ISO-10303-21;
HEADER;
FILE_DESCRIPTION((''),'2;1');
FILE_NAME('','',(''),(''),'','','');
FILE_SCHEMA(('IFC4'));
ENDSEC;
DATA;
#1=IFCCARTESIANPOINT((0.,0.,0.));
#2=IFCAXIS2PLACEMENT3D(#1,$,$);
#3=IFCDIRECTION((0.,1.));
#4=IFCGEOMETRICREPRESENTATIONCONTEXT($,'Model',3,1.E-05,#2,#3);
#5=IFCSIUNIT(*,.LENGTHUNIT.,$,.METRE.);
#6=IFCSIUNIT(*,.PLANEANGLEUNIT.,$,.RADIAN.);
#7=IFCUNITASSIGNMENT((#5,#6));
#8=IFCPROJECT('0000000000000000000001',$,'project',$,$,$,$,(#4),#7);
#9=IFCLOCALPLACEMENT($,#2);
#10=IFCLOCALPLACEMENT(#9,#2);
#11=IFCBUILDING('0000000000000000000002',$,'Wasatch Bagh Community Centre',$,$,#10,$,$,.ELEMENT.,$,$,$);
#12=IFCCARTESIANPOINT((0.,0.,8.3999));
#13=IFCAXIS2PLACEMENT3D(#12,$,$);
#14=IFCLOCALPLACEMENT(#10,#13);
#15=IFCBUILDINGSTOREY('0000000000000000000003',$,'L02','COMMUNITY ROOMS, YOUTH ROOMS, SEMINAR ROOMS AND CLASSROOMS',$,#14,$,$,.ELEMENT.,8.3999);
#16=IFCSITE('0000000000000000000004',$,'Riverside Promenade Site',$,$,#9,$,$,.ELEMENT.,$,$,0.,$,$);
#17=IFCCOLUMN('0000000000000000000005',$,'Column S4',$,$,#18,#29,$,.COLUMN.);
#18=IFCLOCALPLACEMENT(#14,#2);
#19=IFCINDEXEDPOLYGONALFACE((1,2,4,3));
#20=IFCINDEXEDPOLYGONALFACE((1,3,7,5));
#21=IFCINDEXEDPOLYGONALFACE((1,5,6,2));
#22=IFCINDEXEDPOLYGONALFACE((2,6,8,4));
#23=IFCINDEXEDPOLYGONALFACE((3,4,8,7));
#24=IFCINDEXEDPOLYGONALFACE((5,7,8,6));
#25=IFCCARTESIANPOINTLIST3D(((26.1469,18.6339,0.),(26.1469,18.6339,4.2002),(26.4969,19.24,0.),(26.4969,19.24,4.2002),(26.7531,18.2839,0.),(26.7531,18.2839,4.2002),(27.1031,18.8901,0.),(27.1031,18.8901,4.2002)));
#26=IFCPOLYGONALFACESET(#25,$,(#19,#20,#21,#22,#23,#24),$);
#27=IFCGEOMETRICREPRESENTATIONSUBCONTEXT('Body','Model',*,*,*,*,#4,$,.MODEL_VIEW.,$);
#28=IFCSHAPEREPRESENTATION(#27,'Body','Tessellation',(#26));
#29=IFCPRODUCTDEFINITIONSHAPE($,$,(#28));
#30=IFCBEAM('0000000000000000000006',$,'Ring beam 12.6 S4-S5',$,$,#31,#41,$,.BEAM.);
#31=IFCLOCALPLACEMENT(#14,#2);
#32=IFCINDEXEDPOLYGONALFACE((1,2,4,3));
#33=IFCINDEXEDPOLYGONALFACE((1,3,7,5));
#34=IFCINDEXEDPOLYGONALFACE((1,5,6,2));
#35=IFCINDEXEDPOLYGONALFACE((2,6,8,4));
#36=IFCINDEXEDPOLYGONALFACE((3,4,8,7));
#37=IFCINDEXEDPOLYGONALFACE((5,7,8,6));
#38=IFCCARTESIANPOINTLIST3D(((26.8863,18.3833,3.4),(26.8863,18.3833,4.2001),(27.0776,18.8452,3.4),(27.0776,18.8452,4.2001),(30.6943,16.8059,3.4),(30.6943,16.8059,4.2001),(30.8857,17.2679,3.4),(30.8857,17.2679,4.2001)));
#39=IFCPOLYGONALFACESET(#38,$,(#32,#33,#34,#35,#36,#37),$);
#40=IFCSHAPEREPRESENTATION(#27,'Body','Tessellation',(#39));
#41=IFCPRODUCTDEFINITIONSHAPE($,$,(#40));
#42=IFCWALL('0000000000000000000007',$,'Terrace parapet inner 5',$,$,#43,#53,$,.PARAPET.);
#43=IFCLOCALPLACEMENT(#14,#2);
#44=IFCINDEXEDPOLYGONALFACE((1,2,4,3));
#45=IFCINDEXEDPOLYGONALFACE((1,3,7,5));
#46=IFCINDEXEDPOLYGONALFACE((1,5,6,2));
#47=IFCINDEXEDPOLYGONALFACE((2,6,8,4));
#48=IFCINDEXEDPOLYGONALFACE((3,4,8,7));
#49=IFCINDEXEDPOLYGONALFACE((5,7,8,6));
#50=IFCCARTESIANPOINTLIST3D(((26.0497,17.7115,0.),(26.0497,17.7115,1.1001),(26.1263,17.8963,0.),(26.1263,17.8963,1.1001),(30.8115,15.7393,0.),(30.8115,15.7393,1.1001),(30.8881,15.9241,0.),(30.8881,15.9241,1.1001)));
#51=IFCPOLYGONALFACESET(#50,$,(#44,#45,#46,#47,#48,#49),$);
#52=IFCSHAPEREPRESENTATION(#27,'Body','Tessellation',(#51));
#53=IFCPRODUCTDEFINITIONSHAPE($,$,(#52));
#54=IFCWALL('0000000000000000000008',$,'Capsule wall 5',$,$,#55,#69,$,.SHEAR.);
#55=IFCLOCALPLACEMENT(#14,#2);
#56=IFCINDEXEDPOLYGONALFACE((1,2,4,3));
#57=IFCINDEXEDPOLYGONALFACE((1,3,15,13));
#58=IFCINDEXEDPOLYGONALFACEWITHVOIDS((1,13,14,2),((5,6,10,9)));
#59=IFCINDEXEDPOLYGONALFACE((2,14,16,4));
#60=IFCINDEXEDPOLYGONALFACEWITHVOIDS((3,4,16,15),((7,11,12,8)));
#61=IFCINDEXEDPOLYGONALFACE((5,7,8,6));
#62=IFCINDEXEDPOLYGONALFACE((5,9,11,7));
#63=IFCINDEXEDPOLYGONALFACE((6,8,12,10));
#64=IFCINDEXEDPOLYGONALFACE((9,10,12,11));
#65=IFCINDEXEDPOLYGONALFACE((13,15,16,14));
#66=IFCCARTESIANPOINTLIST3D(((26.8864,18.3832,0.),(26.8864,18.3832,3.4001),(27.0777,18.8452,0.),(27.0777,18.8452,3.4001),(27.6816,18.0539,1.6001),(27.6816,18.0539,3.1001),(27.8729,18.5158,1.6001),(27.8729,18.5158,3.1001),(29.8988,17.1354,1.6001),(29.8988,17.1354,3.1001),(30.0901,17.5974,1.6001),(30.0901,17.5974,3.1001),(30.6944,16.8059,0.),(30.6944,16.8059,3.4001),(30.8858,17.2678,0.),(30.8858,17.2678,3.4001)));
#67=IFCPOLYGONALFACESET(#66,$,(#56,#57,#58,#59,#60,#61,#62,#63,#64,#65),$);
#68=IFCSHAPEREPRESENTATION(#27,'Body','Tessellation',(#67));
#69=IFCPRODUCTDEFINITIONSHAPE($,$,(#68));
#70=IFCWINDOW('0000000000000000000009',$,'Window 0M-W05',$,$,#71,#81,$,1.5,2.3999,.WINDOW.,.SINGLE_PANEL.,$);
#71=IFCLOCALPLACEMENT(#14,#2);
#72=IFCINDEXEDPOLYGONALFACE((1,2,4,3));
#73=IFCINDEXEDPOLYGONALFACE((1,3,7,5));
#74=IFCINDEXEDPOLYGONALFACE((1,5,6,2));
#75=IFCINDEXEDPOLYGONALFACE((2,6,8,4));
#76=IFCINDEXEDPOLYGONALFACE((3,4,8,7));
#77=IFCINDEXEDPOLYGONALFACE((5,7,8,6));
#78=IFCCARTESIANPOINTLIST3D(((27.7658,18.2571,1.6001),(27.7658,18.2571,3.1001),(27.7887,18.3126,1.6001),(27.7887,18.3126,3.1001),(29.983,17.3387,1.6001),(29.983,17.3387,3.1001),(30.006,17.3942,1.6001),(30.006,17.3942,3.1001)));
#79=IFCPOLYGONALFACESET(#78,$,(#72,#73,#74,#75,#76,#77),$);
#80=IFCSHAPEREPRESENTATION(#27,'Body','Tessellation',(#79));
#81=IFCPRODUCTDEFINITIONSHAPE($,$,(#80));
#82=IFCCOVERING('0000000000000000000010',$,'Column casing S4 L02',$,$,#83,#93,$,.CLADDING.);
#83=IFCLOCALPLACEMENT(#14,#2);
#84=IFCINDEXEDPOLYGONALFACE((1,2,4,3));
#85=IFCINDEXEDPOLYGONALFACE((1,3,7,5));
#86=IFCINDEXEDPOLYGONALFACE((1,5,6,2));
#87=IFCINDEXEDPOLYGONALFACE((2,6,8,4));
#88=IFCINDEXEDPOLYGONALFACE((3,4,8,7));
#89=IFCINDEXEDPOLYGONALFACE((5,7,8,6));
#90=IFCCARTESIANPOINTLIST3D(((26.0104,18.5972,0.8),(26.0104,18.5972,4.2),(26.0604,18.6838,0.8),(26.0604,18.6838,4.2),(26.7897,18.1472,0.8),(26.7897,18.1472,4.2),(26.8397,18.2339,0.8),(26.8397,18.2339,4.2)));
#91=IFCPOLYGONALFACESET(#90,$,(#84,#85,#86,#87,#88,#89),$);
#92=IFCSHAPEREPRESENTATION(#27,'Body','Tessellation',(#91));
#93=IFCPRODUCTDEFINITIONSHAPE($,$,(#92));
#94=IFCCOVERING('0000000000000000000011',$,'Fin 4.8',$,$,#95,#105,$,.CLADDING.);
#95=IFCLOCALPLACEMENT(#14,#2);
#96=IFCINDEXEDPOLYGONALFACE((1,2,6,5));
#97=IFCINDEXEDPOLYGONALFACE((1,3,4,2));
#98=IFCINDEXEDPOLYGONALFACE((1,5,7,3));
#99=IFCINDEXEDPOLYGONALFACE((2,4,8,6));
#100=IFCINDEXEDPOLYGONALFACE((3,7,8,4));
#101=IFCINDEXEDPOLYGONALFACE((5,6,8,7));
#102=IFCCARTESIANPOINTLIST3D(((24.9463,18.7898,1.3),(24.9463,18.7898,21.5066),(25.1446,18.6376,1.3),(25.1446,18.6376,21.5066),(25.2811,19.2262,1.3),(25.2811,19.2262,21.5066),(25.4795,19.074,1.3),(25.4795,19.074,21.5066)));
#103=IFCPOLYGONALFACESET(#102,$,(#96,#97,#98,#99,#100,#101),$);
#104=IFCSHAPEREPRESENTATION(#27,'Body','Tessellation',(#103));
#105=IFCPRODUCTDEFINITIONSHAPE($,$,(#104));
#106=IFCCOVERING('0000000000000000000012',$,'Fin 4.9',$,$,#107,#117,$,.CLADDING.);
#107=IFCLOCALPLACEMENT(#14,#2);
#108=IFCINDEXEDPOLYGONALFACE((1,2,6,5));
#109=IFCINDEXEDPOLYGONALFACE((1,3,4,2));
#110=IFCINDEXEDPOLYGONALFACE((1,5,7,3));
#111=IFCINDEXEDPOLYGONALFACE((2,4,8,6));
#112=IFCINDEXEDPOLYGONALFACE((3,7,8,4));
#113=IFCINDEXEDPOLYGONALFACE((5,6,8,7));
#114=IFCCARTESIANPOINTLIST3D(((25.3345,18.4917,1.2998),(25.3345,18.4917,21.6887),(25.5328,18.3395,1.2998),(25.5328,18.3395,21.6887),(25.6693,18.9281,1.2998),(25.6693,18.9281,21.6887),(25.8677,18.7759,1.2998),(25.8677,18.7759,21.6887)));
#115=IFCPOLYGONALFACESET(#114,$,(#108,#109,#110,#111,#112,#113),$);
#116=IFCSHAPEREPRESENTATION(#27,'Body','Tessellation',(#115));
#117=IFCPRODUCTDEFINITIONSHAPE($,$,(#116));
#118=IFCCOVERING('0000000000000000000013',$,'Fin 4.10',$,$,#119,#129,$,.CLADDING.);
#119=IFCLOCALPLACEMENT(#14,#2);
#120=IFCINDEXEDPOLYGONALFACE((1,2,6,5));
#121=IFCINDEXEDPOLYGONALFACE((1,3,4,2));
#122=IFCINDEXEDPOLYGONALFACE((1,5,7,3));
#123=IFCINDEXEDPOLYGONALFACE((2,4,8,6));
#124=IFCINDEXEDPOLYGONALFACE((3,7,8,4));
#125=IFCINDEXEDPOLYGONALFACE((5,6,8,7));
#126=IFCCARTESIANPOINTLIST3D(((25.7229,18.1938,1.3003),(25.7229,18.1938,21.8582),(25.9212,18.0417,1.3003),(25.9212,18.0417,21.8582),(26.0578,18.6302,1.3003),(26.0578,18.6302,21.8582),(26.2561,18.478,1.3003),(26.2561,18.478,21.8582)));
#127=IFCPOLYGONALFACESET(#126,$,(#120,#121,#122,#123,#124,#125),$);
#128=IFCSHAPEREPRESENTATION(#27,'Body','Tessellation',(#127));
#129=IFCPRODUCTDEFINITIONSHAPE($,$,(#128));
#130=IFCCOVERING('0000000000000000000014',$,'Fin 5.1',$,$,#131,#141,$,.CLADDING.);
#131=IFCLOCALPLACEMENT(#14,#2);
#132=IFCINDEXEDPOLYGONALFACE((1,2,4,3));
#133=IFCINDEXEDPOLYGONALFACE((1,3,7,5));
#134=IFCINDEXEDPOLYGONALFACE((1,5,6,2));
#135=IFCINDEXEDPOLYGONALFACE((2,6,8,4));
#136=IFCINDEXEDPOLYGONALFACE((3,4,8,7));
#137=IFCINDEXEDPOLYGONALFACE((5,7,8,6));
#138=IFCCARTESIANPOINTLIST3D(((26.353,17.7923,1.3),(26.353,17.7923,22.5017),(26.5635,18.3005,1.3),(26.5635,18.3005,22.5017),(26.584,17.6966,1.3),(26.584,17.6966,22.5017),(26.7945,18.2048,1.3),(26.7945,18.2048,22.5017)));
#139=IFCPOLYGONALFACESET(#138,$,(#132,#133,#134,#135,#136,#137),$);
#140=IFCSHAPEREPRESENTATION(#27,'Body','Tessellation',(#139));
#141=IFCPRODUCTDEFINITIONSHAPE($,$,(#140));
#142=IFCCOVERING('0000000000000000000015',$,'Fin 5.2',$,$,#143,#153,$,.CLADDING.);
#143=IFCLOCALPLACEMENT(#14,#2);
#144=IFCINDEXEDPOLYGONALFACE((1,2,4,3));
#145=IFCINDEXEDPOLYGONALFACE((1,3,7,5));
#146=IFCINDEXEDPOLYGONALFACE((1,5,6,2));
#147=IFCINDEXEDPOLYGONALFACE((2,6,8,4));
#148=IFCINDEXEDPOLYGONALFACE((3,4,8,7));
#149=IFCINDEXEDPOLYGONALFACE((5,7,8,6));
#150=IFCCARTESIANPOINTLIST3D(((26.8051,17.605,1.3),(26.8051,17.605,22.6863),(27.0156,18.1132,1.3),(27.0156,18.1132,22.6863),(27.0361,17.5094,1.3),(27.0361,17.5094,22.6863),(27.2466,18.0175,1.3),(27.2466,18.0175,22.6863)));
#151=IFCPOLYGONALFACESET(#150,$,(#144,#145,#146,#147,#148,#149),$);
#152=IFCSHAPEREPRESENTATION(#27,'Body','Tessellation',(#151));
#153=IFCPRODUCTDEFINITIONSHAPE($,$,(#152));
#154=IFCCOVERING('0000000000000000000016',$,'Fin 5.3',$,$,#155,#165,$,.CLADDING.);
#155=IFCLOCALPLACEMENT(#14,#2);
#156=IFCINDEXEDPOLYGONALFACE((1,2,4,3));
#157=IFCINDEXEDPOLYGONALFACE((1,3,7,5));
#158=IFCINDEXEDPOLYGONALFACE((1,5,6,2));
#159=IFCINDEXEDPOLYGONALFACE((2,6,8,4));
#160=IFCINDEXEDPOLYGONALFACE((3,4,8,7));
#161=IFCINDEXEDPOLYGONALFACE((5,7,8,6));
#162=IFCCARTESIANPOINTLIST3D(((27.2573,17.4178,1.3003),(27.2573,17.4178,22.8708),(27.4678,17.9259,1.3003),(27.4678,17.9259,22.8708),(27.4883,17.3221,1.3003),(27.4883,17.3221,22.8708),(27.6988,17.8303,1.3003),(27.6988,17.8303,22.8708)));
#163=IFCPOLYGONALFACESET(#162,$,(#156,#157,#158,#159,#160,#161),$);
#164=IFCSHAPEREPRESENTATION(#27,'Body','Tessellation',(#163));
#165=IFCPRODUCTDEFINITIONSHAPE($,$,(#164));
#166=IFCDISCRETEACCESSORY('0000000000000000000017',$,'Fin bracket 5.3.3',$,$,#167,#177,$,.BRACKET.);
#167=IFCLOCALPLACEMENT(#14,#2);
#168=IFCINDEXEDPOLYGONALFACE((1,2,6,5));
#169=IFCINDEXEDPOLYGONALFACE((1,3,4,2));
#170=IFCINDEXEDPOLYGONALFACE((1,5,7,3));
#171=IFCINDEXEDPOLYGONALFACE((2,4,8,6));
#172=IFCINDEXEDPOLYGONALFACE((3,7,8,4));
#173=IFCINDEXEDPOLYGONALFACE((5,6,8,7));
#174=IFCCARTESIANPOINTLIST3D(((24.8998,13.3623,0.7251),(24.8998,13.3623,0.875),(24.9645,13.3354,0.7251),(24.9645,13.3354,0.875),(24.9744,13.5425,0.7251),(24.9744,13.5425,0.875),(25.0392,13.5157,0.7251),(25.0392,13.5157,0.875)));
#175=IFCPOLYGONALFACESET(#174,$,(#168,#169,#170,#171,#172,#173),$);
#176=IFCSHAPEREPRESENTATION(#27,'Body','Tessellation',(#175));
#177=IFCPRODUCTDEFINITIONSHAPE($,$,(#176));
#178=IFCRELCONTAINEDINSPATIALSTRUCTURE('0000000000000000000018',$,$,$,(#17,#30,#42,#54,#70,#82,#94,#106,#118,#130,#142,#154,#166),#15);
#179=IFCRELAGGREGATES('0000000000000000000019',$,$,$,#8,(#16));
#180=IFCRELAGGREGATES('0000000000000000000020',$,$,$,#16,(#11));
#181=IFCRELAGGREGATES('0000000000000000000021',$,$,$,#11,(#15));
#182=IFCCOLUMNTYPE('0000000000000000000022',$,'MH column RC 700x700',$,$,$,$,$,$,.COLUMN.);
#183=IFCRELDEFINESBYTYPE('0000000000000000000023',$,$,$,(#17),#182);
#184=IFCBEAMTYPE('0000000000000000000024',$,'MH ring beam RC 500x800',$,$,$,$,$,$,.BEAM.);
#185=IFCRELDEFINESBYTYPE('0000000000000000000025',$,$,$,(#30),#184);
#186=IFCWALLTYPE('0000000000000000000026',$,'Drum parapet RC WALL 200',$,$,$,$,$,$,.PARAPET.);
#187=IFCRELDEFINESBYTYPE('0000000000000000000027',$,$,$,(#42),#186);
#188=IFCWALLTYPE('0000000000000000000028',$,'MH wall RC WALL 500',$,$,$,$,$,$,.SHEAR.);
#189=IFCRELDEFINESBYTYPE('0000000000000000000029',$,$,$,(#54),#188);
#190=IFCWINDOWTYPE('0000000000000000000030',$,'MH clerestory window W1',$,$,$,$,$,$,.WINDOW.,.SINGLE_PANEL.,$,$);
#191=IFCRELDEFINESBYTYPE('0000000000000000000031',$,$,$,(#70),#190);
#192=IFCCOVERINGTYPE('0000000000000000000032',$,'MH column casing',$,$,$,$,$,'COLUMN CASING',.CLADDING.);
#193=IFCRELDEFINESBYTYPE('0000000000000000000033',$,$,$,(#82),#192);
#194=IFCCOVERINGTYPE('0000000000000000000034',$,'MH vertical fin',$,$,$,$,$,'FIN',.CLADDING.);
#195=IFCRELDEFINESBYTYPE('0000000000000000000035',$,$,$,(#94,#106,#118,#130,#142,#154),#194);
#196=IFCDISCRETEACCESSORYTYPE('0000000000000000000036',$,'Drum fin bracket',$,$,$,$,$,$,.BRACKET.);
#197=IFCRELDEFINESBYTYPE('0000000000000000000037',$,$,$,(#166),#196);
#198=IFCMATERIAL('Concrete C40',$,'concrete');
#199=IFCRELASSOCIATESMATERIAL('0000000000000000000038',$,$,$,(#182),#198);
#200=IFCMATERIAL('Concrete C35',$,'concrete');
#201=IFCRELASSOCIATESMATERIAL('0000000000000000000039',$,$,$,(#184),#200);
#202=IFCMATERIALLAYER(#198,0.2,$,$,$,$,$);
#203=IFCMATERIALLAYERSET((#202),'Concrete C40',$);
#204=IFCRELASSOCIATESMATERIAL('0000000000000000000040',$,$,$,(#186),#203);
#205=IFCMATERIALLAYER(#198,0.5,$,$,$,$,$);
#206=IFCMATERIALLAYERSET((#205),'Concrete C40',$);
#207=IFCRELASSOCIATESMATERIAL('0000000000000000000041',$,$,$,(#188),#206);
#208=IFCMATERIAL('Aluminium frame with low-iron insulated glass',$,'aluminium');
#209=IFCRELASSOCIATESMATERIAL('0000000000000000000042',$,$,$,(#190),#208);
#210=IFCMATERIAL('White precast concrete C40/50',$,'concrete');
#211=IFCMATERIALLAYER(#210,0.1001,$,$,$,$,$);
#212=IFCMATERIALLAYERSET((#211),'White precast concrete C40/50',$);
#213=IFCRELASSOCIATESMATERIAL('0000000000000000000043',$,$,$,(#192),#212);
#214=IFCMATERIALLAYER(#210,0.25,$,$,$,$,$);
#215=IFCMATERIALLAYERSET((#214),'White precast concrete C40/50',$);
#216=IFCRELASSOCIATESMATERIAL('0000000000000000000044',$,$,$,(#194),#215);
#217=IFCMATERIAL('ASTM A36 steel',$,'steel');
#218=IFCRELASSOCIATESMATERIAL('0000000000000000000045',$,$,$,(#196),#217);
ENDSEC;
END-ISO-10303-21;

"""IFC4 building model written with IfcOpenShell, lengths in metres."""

from ifc_helpers import new_model, si_unit, direction, frame, frame_2d, origin, origin_2d, place, context, subcontext, project, spatial, rectangle, extrude, material, layer, layer_set, material_profile, profile_set, type_object, element, fill, save


model = new_model("IFC4")

# Units and contexts
model_context = context("Model", 3, precision=1e-05, world=origin(), true_north=direction((0.0, 1.0)))
body_context = subcontext(model_context, "Body", "Model", "MODEL_VIEW")
ifc_project = project(units=[si_unit("LENGTHUNIT", "METRE"), si_unit("PLANEANGLEUNIT", "RADIAN")], contexts=[model_context])

# Site, building, storey
site_placement = place(None, origin())
site = spatial("IfcSite", under=ifc_project, at=site_placement, Name="Riverside Promenade Site", CompositionType="ELEMENT", RefElevation=0.0)
building_placement = place(site_placement, origin())
building = spatial("IfcBuilding", under=site, at=building_placement, Name="Wasatch Bagh Community Centre", CompositionType="ELEMENT")
storey_placement = place(building_placement, frame((0.0, 0.0, 8.3999)))
storey = spatial("IfcBuildingStorey", under=building, at=storey_placement, Name="L02", Description="COMMUNITY ROOMS, YOUTH ROOMS, SEMINAR ROOMS AND CLASSROOMS", CompositionType="ELEMENT", Elevation=8.3999)

# Column
ifc_material_1 = material(Name="Concrete C40", Category="concrete")
ifc_material_profile_1 = material_profile(ifc_material_1, rectangle(XDim=0.7, YDim=0.7, at=origin_2d()), Name="RC 700x700")
ifc_profile_set_1 = profile_set([ifc_material_profile_1], Name="Concrete C40")
column_type = type_object("IfcColumnType", Name="MH column RC 700x700", PredefinedType="COLUMN", material=ifc_profile_set_1)
column_placement = place(storey_placement, frame((26.625, 18.762, 0.0), z_axis=(0.0, 0.0, 1.0), x_axis=(0.5, 0.866025, 0.0)))
element("IfcColumn", 1, at=column_placement, inside=storey, type_object=column_type, Name="Column S4", PredefinedType="COLUMN", context=body_context, shape_type="SweptSolid", body=[
    extrude(rectangle(XDim=0.7, YDim=0.7, at=origin_2d()), origin(), (0.0, 0.0, 1.0), 4.2002),
])

# Beam
ifc_material_2 = material(Name="Concrete C35", Category="concrete")
ifc_material_profile_2 = material_profile(ifc_material_2, rectangle(XDim=0.5, YDim=0.8, at=origin_2d()), Name="RC 500x800")
ifc_profile_set_2 = profile_set([ifc_material_profile_2], Name="Concrete C35")
beam_type = type_object("IfcBeamType", Name="MH ring beam RC 500x800", PredefinedType="BEAM", material=ifc_profile_set_2)
beam_placement = place(storey_placement, frame((26.9819, 18.6143, 3.8), z_axis=(0.923878, -0.382688, 0.0), x_axis=(0.382688, 0.923878, 0.0)))
element("IfcBeam", 2, at=beam_placement, inside=storey, type_object=beam_type, Name="Ring beam 12.6 S4-S5", PredefinedType="BEAM", context=body_context, shape_type="SweptSolid", body=[
    extrude(rectangle(XDim=0.5, YDim=0.8, at=origin_2d()), origin(), (0.0, 0.0, 1.0), 4.1218),
])

# Wall
ifc_layer_1 = layer(ifc_material_1, 0.2)
ifc_layer_set_1 = layer_set([ifc_layer_1], Name="Concrete C40")
wall_type_1 = type_object("IfcWallType", Name="Drum parapet RC WALL 200", PredefinedType="PARAPET", material=ifc_layer_set_1)
wall_1_placement = place(storey_placement, frame((26.0879, 17.804, 0.0), z_axis=(0.0, 0.0, 1.0), x_axis=(0.923893, -0.38265, 0.0)))
element("IfcWall", 3, at=wall_1_placement, inside=storey, type_object=wall_type_1, Name="Terrace parapet inner 5", PredefinedType="PARAPET", context=body_context, shape_type="SweptSolid", body=[
    extrude(rectangle(XDim=5.1541, YDim=0.2, at=frame_2d((2.5771, 0.0))), origin(), (0.0, 0.0, 1.0), 1.1001),
])

# Wall, opening, window
ifc_layer_2 = layer(ifc_material_1, 0.5)
ifc_layer_set_2 = layer_set([ifc_layer_2], Name="Concrete C40")
wall_type_2 = type_object("IfcWallType", Name="MH wall RC WALL 500", PredefinedType="SHEAR", material=ifc_layer_set_2)
wall_2_placement = place(storey_placement, frame((26.9819, 18.6143, 0.0), z_axis=(0.0, 0.0, 1.0), x_axis=(0.923878, -0.382688, 0.0)))
wall_2 = element("IfcWall", 4, at=wall_2_placement, inside=storey, type_object=wall_type_2, Name="Capsule wall 5", PredefinedType="SHEAR", context=body_context, shape_type="SweptSolid", body=[
    extrude(rectangle(XDim=4.1218, YDim=0.5, at=frame_2d((2.061, 0.0))), origin(), (0.0, 0.0, 1.0), 3.4001),
])
opening_placement = place(wall_2_placement, frame((0.8608, 0.0, 1.6001)))
opening = element("IfcOpeningElement", 5, at=opening_placement, cuts=wall_2, PredefinedType="OPENING", context=body_context, shape_type="SweptSolid", body=[
    extrude(rectangle(XDim=2.3999, YDim=1.5, at=frame_2d((1.2, 0.75))), frame((0.0, 0.26, 0.0), z_axis=(0.0, -1.0, 0.0), x_axis=(1.0, 0.0, 0.0)), (0.0, 0.0, 1.0), 0.52),
])
ifc_material_3 = material(Name="Aluminium frame with low-iron insulated glass", Category="aluminium")
window_type = type_object("IfcWindowType", Name="MH clerestory window W1", PartitioningType="SINGLE_PANEL", PredefinedType="WINDOW", material=ifc_material_3)
window_placement = place(opening_placement, origin())
window = element("IfcWindow", 6, at=window_placement, inside=storey, type_object=window_type, Name="Window 0M-W05", OverallHeight=1.5, OverallWidth=2.3999, PartitioningType="SINGLE_PANEL", PredefinedType="WINDOW", context=body_context, shape_type="SweptSolid", body=[
    extrude(rectangle(XDim=2.3999, YDim=1.5, at=frame_2d((1.2, 0.75))), frame((0.0, 0.03, 0.0), z_axis=(0.0, -1.0, 0.0), x_axis=(1.0, 0.0, 0.0)), (0.0, 0.0, 1.0), 0.0601),
])
fill(opening, window)

# Coverings
ifc_material_4 = material(Name="White precast concrete C40/50", Category="concrete")
ifc_layer_3 = layer(ifc_material_4, 0.1001)
ifc_layer_set_3 = layer_set([ifc_layer_3], Name="White precast concrete C40/50")
covering_type_1 = type_object("IfcCoveringType", Name="MH column casing", ElementType="COLUMN CASING", PredefinedType="CLADDING", material=ifc_layer_set_3)
covering_1_placement = place(storey_placement, frame((26.425, 18.4155, 0.8), z_axis=(0.0, 0.0, 1.0), x_axis=(0.866025, -0.5, 0.0)))
element("IfcCovering", 7, at=covering_1_placement, inside=storey, type_object=covering_type_1, Name="Column casing S4 L02", PredefinedType="CLADDING", context=body_context, shape_type="SweptSolid", body=[
    extrude(rectangle(XDim=0.8999, YDim=0.1001, at=origin_2d()), origin(), (0.0, 0.0, 1.0), 3.3999),
])
ifc_layer_4 = layer(ifc_material_4, 0.25)
ifc_layer_set_4 = layer_set([ifc_layer_4], Name="White precast concrete C40/50")
covering_type_2 = type_object("IfcCoveringType", Name="MH vertical fin", ElementType="FIN", PredefinedType="CLADDING", material=ifc_layer_set_4)
covering_2_placement = place(storey_placement, frame((25.2129, 18.9319, 1.3), z_axis=(0.0, 0.0, 1.0), x_axis=(0.793353, -0.608761, 0.0)))
element("IfcCovering", 8, at=covering_2_placement, inside=storey, type_object=covering_type_2, Name="Fin 4.8", PredefinedType="CLADDING", context=body_context, shape_type="SweptSolid", body=[
    extrude(rectangle(XDim=0.25, YDim=0.55, at=origin_2d()), origin(), (0.0, 0.0, 1.0), 20.2065),
])
covering_3_placement = place(storey_placement, frame((25.6011, 18.6338, 1.2998), z_axis=(0.0, 0.0, 1.0), x_axis=(0.793353, -0.608761, 0.0)))
element("IfcCovering", 9, at=covering_3_placement, inside=storey, type_object=covering_type_2, Name="Fin 4.9", PredefinedType="CLADDING", context=body_context, shape_type="SweptSolid", body=[
    extrude(rectangle(XDim=0.25, YDim=0.55, at=origin_2d()), origin(), (0.0, 0.0, 1.0), 20.3889),
])
covering_4_placement = place(storey_placement, frame((25.9895, 18.3359, 1.3003), z_axis=(0.0, 0.0, 1.0), x_axis=(0.793353, -0.608761, 0.0)))
element("IfcCovering", 10, at=covering_4_placement, inside=storey, type_object=covering_type_2, Name="Fin 4.10", PredefinedType="CLADDING", context=body_context, shape_type="SweptSolid", body=[
    extrude(rectangle(XDim=0.25, YDim=0.55, at=origin_2d()), origin(), (0.0, 0.0, 1.0), 20.5579),
])
covering_5_placement = place(storey_placement, frame((26.5737, 17.9985, 1.3), z_axis=(0.0, 0.0, 1.0), x_axis=(0.92388, -0.382683, 0.0)))
element("IfcCovering", 11, at=covering_5_placement, inside=storey, type_object=covering_type_2, Name="Fin 5.1", PredefinedType="CLADDING", context=body_context, shape_type="SweptSolid", body=[
    extrude(rectangle(XDim=0.25, YDim=0.55, at=origin_2d()), origin(), (0.0, 0.0, 1.0), 21.2017),
])
covering_6_placement = place(storey_placement, frame((27.0259, 17.8113, 1.3), z_axis=(0.0, 0.0, 1.0), x_axis=(0.92388, -0.382683, 0.0)))
element("IfcCovering", 12, at=covering_6_placement, inside=storey, type_object=covering_type_2, Name="Fin 5.2", PredefinedType="CLADDING", context=body_context, shape_type="SweptSolid", body=[
    extrude(rectangle(XDim=0.25, YDim=0.55, at=origin_2d()), origin(), (0.0, 0.0, 1.0), 21.3862),
])
covering_7_placement = place(storey_placement, frame((27.478, 17.624, 1.3003), z_axis=(0.0, 0.0, 1.0), x_axis=(0.92388, -0.382683, 0.0)))
element("IfcCovering", 13, at=covering_7_placement, inside=storey, type_object=covering_type_2, Name="Fin 5.3", PredefinedType="CLADDING", context=body_context, shape_type="SweptSolid", body=[
    extrude(rectangle(XDim=0.25, YDim=0.55, at=origin_2d()), origin(), (0.0, 0.0, 1.0), 21.5706),
])

# Discrete accessory
ifc_material_5 = material(Name="ASTM A36 steel", Category="steel")
discrete_accessory_type_1 = type_object("IfcDiscreteAccessoryType", Name="Drum fin bracket", PredefinedType="BRACKET", material=ifc_material_5)
for number, where, z_axis, x_axis, name in (
    (14, (24.9695, 13.439, 0.7251), (0.0, 0.0, 1.0), (0.92388, -0.382683, 0.0), "Fin bracket 5.3.3"),
):
    element("IfcDiscreteAccessory", number, at=place(storey_placement, frame(where, z_axis=z_axis, x_axis=x_axis)), inside=storey, type_object=discrete_accessory_type_1, Name=name, PredefinedType="BRACKET", context=body_context, shape_type="SweptSolid", body=[
        extrude(rectangle(XDim=0.0701, YDim=0.1951, at=origin_2d()), origin(), (0.0, 0.0, 1.0), 0.1499),
    ])

save(model, "model.ifc")
